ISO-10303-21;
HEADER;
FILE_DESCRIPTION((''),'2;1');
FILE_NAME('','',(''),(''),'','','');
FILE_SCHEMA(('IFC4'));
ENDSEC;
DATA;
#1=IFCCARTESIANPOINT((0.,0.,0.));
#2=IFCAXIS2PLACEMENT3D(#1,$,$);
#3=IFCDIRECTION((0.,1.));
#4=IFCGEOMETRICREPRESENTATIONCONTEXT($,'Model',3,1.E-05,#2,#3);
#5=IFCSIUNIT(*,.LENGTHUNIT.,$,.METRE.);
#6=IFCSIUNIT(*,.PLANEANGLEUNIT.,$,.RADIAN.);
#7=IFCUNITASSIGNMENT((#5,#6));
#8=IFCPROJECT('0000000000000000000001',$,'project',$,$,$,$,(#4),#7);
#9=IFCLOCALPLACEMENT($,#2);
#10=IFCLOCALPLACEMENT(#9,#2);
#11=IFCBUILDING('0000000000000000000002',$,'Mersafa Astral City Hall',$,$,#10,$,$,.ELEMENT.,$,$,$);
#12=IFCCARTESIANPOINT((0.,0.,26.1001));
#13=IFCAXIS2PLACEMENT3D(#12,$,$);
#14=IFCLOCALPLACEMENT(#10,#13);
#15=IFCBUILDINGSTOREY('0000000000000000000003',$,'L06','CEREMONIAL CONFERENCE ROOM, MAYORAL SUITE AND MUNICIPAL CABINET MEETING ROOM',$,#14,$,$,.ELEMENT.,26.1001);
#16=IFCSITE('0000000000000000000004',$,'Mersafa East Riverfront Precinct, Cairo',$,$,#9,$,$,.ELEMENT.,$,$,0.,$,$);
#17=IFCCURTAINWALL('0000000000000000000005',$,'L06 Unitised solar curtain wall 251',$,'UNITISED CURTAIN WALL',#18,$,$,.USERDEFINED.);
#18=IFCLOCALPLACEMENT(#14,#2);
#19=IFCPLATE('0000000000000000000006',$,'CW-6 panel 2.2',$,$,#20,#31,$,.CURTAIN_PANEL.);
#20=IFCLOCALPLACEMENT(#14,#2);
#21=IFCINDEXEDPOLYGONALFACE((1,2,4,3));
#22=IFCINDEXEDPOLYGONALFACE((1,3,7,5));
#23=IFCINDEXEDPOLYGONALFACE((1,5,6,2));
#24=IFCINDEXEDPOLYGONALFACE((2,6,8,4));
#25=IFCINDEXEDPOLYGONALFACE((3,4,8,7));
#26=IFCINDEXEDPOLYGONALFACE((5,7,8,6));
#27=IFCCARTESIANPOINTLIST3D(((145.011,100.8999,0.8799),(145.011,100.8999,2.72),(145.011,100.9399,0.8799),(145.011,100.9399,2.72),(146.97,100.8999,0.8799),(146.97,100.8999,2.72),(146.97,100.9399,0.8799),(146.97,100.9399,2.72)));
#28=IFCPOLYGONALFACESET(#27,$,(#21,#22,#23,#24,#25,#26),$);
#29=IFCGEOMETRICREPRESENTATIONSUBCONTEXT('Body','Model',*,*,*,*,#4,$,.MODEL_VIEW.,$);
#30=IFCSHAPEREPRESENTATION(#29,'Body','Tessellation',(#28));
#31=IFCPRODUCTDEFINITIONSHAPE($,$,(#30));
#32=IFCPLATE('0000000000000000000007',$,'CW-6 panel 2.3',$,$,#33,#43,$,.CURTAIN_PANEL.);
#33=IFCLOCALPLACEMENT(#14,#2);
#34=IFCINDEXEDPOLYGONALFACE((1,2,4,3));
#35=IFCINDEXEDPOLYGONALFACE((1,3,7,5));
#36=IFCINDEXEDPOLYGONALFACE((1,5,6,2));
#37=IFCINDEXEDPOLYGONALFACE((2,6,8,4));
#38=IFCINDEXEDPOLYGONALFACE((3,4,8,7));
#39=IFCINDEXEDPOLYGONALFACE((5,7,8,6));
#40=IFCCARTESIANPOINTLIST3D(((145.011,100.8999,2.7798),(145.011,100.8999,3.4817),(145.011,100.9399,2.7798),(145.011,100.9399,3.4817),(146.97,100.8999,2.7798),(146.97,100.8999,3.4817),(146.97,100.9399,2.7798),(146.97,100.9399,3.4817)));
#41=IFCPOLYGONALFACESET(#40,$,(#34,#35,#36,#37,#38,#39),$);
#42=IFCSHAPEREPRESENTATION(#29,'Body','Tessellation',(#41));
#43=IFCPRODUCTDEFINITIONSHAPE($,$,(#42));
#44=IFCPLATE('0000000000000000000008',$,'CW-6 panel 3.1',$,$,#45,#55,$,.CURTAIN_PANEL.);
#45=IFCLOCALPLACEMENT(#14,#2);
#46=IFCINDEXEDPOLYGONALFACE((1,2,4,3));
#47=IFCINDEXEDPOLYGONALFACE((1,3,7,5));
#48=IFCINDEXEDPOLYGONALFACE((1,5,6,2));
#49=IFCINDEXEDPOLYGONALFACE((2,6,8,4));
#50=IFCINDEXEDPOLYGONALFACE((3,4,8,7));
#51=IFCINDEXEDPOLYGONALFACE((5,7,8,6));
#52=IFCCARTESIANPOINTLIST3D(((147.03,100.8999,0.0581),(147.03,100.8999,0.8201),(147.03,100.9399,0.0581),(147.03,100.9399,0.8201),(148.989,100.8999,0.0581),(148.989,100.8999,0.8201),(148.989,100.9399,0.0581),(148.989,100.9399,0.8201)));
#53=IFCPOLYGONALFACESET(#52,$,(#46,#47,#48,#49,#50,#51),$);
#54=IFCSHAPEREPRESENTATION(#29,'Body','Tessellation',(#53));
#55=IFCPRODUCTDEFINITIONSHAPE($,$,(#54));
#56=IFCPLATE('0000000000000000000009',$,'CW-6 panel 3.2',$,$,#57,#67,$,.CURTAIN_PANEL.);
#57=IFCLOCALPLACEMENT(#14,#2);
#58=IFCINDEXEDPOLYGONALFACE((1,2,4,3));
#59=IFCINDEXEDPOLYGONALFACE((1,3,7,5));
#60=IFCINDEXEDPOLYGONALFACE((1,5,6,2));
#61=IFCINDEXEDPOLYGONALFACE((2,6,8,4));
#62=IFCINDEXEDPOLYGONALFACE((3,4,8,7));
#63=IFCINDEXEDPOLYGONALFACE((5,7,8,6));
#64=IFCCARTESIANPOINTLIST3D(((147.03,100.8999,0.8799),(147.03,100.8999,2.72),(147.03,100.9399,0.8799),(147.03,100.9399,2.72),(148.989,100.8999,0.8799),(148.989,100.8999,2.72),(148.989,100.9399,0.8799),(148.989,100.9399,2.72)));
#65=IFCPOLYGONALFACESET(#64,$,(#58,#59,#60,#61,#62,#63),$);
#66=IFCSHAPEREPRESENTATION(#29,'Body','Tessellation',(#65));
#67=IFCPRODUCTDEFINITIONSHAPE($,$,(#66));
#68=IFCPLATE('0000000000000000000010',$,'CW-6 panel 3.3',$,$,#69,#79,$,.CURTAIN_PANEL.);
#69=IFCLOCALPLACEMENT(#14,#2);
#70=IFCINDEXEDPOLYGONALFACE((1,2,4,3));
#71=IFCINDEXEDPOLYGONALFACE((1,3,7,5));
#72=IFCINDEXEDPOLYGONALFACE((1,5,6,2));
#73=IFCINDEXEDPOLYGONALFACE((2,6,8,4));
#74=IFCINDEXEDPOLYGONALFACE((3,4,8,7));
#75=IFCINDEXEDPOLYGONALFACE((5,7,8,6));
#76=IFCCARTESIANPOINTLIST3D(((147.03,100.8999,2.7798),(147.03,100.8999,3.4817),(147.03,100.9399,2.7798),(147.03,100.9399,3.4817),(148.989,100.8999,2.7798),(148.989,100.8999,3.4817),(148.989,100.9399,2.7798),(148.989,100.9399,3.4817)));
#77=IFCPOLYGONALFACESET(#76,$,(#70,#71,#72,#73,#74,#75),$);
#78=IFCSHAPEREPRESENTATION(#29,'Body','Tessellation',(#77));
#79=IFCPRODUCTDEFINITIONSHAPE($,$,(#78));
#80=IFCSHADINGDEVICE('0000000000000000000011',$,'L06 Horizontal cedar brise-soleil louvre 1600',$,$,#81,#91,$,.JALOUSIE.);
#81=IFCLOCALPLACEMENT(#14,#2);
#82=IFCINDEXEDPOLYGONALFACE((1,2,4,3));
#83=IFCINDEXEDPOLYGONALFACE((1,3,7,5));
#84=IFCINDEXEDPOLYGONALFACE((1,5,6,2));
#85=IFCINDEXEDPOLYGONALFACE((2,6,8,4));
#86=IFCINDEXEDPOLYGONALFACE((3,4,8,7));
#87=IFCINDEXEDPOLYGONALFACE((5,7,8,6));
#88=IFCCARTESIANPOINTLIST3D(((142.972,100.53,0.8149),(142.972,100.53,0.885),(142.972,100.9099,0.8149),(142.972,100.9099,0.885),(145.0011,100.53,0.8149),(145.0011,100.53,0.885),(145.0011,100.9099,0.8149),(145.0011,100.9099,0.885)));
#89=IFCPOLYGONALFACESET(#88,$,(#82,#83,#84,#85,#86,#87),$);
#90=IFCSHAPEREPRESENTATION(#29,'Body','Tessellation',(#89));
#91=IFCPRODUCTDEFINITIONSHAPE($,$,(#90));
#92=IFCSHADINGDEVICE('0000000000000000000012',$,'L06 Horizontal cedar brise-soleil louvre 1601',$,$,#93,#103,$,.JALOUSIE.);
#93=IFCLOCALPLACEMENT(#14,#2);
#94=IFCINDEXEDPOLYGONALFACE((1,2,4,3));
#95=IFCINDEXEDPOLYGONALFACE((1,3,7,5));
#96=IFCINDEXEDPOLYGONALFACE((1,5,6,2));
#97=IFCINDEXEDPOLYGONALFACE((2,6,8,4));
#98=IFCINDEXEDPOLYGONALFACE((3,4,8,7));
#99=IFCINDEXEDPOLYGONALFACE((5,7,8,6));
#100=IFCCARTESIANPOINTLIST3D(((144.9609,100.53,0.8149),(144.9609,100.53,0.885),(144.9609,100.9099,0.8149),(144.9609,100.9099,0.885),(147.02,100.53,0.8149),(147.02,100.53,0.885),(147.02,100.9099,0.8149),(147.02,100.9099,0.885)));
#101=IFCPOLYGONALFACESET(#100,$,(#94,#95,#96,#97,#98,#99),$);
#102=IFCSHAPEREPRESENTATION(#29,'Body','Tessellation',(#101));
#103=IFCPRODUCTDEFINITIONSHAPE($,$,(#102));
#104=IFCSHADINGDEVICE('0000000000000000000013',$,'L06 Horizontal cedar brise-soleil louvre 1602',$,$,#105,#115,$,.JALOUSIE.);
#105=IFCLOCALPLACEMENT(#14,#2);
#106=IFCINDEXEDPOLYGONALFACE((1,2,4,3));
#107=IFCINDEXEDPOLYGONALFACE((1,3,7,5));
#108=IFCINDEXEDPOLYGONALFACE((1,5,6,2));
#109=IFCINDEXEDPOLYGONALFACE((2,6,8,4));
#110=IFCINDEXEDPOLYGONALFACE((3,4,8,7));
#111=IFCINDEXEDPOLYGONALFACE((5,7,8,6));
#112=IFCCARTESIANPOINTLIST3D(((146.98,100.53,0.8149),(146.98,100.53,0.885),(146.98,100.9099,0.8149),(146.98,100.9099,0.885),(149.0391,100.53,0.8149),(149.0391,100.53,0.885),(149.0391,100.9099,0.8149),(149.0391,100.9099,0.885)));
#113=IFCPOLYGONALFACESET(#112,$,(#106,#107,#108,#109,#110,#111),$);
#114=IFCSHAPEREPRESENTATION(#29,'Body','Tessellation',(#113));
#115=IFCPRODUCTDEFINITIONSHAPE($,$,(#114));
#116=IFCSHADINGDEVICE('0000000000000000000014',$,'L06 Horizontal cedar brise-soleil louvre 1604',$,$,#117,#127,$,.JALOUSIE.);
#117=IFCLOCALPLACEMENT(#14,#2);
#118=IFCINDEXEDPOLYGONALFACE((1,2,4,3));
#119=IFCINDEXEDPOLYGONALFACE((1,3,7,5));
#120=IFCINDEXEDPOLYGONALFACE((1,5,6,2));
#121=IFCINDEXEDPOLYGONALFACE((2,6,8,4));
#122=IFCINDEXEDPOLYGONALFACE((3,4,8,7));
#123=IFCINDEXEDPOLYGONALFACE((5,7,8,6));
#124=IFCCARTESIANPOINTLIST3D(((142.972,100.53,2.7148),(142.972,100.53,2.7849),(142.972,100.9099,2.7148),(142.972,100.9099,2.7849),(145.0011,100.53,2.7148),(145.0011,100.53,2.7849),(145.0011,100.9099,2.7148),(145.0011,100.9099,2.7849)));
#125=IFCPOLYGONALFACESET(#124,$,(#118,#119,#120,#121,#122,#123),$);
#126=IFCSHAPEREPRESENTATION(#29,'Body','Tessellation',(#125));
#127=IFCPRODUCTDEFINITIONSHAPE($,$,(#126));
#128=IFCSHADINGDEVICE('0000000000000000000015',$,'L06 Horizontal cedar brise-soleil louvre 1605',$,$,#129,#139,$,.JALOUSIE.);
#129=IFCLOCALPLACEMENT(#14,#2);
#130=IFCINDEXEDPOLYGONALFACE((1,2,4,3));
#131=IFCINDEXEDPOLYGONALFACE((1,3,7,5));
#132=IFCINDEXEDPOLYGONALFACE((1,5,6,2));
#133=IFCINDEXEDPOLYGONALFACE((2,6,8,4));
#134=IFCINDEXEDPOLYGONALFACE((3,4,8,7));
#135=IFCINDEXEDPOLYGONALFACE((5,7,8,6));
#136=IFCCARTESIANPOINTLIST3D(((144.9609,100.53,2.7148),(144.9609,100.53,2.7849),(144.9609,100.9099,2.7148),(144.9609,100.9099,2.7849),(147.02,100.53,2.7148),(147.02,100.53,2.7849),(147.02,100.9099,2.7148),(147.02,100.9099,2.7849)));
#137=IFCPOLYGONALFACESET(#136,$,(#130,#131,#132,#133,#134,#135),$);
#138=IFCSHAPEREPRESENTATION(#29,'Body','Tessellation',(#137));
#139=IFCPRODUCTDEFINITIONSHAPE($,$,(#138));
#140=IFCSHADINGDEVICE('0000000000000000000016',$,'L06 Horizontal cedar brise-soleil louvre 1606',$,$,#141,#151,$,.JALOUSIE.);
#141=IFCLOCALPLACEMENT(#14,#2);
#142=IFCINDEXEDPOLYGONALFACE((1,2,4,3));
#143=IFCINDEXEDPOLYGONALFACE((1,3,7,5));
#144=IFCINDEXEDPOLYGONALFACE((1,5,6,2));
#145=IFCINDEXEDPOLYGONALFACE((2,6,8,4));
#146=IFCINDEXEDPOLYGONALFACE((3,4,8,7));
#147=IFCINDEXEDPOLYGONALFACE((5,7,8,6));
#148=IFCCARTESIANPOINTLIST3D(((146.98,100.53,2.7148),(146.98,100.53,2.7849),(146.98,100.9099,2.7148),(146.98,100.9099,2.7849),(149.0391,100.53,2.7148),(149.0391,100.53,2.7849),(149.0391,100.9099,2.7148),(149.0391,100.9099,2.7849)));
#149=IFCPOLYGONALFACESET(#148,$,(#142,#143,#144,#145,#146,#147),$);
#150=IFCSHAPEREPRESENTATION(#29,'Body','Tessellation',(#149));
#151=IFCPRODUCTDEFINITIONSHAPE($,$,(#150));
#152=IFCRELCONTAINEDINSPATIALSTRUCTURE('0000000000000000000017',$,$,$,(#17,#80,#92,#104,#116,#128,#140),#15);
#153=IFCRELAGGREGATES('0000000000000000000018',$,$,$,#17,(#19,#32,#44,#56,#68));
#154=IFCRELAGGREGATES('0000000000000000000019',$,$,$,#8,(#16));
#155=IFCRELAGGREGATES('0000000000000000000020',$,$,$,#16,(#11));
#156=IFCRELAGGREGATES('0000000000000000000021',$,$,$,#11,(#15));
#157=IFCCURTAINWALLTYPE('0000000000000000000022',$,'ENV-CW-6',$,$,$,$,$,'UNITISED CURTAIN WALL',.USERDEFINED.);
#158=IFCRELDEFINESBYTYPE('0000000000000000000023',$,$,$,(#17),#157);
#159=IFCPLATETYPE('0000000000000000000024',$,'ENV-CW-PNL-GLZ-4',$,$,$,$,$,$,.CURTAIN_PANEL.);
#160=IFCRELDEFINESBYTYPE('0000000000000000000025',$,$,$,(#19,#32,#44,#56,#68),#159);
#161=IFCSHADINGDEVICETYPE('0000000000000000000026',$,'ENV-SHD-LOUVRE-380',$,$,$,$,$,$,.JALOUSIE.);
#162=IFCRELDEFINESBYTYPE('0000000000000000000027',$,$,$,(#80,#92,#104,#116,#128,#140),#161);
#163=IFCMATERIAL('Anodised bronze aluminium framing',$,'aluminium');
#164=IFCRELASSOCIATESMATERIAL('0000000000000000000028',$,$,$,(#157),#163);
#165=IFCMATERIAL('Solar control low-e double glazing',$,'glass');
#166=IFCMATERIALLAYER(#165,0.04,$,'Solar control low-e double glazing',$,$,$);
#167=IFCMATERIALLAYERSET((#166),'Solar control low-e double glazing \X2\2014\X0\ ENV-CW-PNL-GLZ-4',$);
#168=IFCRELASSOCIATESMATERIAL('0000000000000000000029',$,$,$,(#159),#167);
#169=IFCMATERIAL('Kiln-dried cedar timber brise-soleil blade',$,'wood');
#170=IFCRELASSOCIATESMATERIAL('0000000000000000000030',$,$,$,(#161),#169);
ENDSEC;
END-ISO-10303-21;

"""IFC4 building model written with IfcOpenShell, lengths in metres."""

from ifc_helpers import new_model, si_unit, direction, frame, origin, origin_2d, place, context, subcontext, project, spatial, rectangle, extrude, material, layer, layer_set, type_object, element, aggregate, save


model = new_model("IFC4")

# Units and contexts
model_context = context("Model", 3, precision=1e-05, world=origin(), true_north=direction((0.0, 1.0)))
body_context = subcontext(model_context, "Body", "Model", "MODEL_VIEW")
ifc_project = project(units=[si_unit("LENGTHUNIT", "METRE"), si_unit("PLANEANGLEUNIT", "RADIAN")], contexts=[model_context])

# Site, building, storey
site_placement = place(None, origin())
site = spatial("IfcSite", under=ifc_project, at=site_placement, Name="Mersafa East Riverfront Precinct, Cairo", CompositionType="ELEMENT", RefElevation=0.0)
building_placement = place(site_placement, origin())
building = spatial("IfcBuilding", under=site, at=building_placement, Name="Mersafa Astral City Hall", CompositionType="ELEMENT")
storey_placement = place(building_placement, frame((0.0, 0.0, 26.1001)))
storey = spatial("IfcBuildingStorey", under=building, at=storey_placement, Name="L06", Description="CEREMONIAL CONFERENCE ROOM, MAYORAL SUITE AND MUNICIPAL CABINET MEETING ROOM", CompositionType="ELEMENT", Elevation=26.1001)

# Curtain wall
ifc_material_1 = material(Name="Anodised bronze aluminium framing", Category="aluminium")
curtain_wall_type = type_object("IfcCurtainWallType", Name="ENV-CW-6", ElementType="UNITISED CURTAIN WALL", PredefinedType="USERDEFINED", material=ifc_material_1)
curtain_wall_placement = place(storey_placement, origin())
curtain_wall = element("IfcCurtainWall", 1, at=curtain_wall_placement, inside=storey, type_object=curtain_wall_type, Name="L06 Unitised solar curtain wall 251", ObjectType="UNITISED CURTAIN WALL", PredefinedType="USERDEFINED")

# Plates
ifc_material_2 = material(Name="Solar control low-e double glazing", Category="glass")
ifc_layer = layer(ifc_material_2, 0.04, Name="Solar control low-e double glazing")
ifc_layer_set = layer_set([ifc_layer], Name="Solar control low-e double glazing — ENV-CW-PNL-GLZ-4")
plate_type = type_object("IfcPlateType", Name="ENV-CW-PNL-GLZ-4", PredefinedType="CURTAIN_PANEL", material=ifc_layer_set)
plate_1_placement = place(storey_placement, frame((145.9905, 100.9199, 0.8799), z_axis=(0.0, 0.0, 1.0), x_axis=(1.0, 0.0, 0.0)))
plate_1 = element("IfcPlate", 2, at=plate_1_placement, type_object=plate_type, Name="CW-6 panel 2.2", PredefinedType="CURTAIN_PANEL", context=body_context, shape_type="SweptSolid", body=[
    extrude(rectangle(XDim=1.959, YDim=0.04, at=origin_2d()), origin(), (0.0, 0.0, 1.0), 1.8401),
])
plate_2_placement = place(storey_placement, frame((145.9905, 100.9199, 2.7798), z_axis=(0.0, 0.0, 1.0), x_axis=(1.0, 0.0, 0.0)))
plate_2 = element("IfcPlate", 3, at=plate_2_placement, type_object=plate_type, Name="CW-6 panel 2.3", PredefinedType="CURTAIN_PANEL", context=body_context, shape_type="SweptSolid", body=[
    extrude(rectangle(XDim=1.959, YDim=0.04, at=origin_2d()), origin(), (0.0, 0.0, 1.0), 0.7019),
])
plate_3_placement = place(storey_placement, frame((148.0095, 100.9199, 0.0581), z_axis=(0.0, 0.0, 1.0), x_axis=(1.0, 0.0, 0.0)))
plate_3 = element("IfcPlate", 4, at=plate_3_placement, type_object=plate_type, Name="CW-6 panel 3.1", PredefinedType="CURTAIN_PANEL", context=body_context, shape_type="SweptSolid", body=[
    extrude(rectangle(XDim=1.959, YDim=0.04, at=origin_2d()), origin(), (0.0, 0.0, 1.0), 0.762),
])
plate_4_placement = place(storey_placement, frame((148.0095, 100.9199, 0.8799), z_axis=(0.0, 0.0, 1.0), x_axis=(1.0, 0.0, 0.0)))
plate_4 = element("IfcPlate", 5, at=plate_4_placement, type_object=plate_type, Name="CW-6 panel 3.2", PredefinedType="CURTAIN_PANEL", context=body_context, shape_type="SweptSolid", body=[
    extrude(rectangle(XDim=1.959, YDim=0.04, at=origin_2d()), origin(), (0.0, 0.0, 1.0), 1.8401),
])
plate_5_placement = place(storey_placement, frame((148.0095, 100.9199, 2.7798), z_axis=(0.0, 0.0, 1.0), x_axis=(1.0, 0.0, 0.0)))
plate_5 = element("IfcPlate", 6, at=plate_5_placement, type_object=plate_type, Name="CW-6 panel 3.3", PredefinedType="CURTAIN_PANEL", context=body_context, shape_type="SweptSolid", body=[
    extrude(rectangle(XDim=1.959, YDim=0.04, at=origin_2d()), origin(), (0.0, 0.0, 1.0), 0.7019),
])
aggregate(curtain_wall, [plate_1, plate_2, plate_3, plate_4, plate_5])

# Shading devices
ifc_material_3 = material(Name="Kiln-dried cedar timber brise-soleil blade", Category="wood")
shading_device_type = type_object("IfcShadingDeviceType", Name="ENV-SHD-LOUVRE-380", PredefinedType="JALOUSIE", material=ifc_material_3)
shading_device_1_placement = place(storey_placement, frame((143.9866, 100.72, 0.8149), z_axis=(0.0, 0.0, 1.0), x_axis=(1.0, 0.0, 0.0)))
element("IfcShadingDevice", 7, at=shading_device_1_placement, inside=storey, type_object=shading_device_type, Name="L06 Horizontal cedar brise-soleil louvre 1600", PredefinedType="JALOUSIE", context=body_context, shape_type="SweptSolid", body=[
    extrude(rectangle(XDim=2.0291, YDim=0.3799, at=origin_2d()), origin(), (0.0, 0.0, 1.0), 0.0701),
])
for number, where, z_axis, x_axis, name in (
    (8, (145.9905, 100.72, 0.8149), (0.0, 0.0, 1.0), (1.0, 0.0, 0.0), "L06 Horizontal cedar brise-soleil louvre 1601"),
    (9, (148.0095, 100.72, 0.8149), (0.0, 0.0, 1.0), (1.0, 0.0, 0.0), "L06 Horizontal cedar brise-soleil louvre 1602"),
):
    element("IfcShadingDevice", number, at=place(storey_placement, frame(where, z_axis=z_axis, x_axis=x_axis)), inside=storey, type_object=shading_device_type, Name=name, PredefinedType="JALOUSIE", context=body_context, shape_type="SweptSolid", body=[
        extrude(rectangle(XDim=2.0591, YDim=0.3799, at=origin_2d()), origin(), (0.0, 0.0, 1.0), 0.0701),
    ])
shading_device_2_placement = place(storey_placement, frame((143.9866, 100.72, 2.7148), z_axis=(0.0, 0.0, 1.0), x_axis=(1.0, 0.0, 0.0)))
element("IfcShadingDevice", 10, at=shading_device_2_placement, inside=storey, type_object=shading_device_type, Name="L06 Horizontal cedar brise-soleil louvre 1604", PredefinedType="JALOUSIE", context=body_context, shape_type="SweptSolid", body=[
    extrude(rectangle(XDim=2.0291, YDim=0.3799, at=origin_2d()), origin(), (0.0, 0.0, 1.0), 0.0701),
])
for number, where, z_axis, x_axis, name in (
    (11, (145.9905, 100.72, 2.7148), (0.0, 0.0, 1.0), (1.0, 0.0, 0.0), "L06 Horizontal cedar brise-soleil louvre 1605"),
    (12, (148.0095, 100.72, 2.7148), (0.0, 0.0, 1.0), (1.0, 0.0, 0.0), "L06 Horizontal cedar brise-soleil louvre 1606"),
):
    element("IfcShadingDevice", number, at=place(storey_placement, frame(where, z_axis=z_axis, x_axis=x_axis)), inside=storey, type_object=shading_device_type, Name=name, PredefinedType="JALOUSIE", context=body_context, shape_type="SweptSolid", body=[
        extrude(rectangle(XDim=2.0591, YDim=0.3799, at=origin_2d()), origin(), (0.0, 0.0, 1.0), 0.0701),
    ])

save(model, "model.ifc")
